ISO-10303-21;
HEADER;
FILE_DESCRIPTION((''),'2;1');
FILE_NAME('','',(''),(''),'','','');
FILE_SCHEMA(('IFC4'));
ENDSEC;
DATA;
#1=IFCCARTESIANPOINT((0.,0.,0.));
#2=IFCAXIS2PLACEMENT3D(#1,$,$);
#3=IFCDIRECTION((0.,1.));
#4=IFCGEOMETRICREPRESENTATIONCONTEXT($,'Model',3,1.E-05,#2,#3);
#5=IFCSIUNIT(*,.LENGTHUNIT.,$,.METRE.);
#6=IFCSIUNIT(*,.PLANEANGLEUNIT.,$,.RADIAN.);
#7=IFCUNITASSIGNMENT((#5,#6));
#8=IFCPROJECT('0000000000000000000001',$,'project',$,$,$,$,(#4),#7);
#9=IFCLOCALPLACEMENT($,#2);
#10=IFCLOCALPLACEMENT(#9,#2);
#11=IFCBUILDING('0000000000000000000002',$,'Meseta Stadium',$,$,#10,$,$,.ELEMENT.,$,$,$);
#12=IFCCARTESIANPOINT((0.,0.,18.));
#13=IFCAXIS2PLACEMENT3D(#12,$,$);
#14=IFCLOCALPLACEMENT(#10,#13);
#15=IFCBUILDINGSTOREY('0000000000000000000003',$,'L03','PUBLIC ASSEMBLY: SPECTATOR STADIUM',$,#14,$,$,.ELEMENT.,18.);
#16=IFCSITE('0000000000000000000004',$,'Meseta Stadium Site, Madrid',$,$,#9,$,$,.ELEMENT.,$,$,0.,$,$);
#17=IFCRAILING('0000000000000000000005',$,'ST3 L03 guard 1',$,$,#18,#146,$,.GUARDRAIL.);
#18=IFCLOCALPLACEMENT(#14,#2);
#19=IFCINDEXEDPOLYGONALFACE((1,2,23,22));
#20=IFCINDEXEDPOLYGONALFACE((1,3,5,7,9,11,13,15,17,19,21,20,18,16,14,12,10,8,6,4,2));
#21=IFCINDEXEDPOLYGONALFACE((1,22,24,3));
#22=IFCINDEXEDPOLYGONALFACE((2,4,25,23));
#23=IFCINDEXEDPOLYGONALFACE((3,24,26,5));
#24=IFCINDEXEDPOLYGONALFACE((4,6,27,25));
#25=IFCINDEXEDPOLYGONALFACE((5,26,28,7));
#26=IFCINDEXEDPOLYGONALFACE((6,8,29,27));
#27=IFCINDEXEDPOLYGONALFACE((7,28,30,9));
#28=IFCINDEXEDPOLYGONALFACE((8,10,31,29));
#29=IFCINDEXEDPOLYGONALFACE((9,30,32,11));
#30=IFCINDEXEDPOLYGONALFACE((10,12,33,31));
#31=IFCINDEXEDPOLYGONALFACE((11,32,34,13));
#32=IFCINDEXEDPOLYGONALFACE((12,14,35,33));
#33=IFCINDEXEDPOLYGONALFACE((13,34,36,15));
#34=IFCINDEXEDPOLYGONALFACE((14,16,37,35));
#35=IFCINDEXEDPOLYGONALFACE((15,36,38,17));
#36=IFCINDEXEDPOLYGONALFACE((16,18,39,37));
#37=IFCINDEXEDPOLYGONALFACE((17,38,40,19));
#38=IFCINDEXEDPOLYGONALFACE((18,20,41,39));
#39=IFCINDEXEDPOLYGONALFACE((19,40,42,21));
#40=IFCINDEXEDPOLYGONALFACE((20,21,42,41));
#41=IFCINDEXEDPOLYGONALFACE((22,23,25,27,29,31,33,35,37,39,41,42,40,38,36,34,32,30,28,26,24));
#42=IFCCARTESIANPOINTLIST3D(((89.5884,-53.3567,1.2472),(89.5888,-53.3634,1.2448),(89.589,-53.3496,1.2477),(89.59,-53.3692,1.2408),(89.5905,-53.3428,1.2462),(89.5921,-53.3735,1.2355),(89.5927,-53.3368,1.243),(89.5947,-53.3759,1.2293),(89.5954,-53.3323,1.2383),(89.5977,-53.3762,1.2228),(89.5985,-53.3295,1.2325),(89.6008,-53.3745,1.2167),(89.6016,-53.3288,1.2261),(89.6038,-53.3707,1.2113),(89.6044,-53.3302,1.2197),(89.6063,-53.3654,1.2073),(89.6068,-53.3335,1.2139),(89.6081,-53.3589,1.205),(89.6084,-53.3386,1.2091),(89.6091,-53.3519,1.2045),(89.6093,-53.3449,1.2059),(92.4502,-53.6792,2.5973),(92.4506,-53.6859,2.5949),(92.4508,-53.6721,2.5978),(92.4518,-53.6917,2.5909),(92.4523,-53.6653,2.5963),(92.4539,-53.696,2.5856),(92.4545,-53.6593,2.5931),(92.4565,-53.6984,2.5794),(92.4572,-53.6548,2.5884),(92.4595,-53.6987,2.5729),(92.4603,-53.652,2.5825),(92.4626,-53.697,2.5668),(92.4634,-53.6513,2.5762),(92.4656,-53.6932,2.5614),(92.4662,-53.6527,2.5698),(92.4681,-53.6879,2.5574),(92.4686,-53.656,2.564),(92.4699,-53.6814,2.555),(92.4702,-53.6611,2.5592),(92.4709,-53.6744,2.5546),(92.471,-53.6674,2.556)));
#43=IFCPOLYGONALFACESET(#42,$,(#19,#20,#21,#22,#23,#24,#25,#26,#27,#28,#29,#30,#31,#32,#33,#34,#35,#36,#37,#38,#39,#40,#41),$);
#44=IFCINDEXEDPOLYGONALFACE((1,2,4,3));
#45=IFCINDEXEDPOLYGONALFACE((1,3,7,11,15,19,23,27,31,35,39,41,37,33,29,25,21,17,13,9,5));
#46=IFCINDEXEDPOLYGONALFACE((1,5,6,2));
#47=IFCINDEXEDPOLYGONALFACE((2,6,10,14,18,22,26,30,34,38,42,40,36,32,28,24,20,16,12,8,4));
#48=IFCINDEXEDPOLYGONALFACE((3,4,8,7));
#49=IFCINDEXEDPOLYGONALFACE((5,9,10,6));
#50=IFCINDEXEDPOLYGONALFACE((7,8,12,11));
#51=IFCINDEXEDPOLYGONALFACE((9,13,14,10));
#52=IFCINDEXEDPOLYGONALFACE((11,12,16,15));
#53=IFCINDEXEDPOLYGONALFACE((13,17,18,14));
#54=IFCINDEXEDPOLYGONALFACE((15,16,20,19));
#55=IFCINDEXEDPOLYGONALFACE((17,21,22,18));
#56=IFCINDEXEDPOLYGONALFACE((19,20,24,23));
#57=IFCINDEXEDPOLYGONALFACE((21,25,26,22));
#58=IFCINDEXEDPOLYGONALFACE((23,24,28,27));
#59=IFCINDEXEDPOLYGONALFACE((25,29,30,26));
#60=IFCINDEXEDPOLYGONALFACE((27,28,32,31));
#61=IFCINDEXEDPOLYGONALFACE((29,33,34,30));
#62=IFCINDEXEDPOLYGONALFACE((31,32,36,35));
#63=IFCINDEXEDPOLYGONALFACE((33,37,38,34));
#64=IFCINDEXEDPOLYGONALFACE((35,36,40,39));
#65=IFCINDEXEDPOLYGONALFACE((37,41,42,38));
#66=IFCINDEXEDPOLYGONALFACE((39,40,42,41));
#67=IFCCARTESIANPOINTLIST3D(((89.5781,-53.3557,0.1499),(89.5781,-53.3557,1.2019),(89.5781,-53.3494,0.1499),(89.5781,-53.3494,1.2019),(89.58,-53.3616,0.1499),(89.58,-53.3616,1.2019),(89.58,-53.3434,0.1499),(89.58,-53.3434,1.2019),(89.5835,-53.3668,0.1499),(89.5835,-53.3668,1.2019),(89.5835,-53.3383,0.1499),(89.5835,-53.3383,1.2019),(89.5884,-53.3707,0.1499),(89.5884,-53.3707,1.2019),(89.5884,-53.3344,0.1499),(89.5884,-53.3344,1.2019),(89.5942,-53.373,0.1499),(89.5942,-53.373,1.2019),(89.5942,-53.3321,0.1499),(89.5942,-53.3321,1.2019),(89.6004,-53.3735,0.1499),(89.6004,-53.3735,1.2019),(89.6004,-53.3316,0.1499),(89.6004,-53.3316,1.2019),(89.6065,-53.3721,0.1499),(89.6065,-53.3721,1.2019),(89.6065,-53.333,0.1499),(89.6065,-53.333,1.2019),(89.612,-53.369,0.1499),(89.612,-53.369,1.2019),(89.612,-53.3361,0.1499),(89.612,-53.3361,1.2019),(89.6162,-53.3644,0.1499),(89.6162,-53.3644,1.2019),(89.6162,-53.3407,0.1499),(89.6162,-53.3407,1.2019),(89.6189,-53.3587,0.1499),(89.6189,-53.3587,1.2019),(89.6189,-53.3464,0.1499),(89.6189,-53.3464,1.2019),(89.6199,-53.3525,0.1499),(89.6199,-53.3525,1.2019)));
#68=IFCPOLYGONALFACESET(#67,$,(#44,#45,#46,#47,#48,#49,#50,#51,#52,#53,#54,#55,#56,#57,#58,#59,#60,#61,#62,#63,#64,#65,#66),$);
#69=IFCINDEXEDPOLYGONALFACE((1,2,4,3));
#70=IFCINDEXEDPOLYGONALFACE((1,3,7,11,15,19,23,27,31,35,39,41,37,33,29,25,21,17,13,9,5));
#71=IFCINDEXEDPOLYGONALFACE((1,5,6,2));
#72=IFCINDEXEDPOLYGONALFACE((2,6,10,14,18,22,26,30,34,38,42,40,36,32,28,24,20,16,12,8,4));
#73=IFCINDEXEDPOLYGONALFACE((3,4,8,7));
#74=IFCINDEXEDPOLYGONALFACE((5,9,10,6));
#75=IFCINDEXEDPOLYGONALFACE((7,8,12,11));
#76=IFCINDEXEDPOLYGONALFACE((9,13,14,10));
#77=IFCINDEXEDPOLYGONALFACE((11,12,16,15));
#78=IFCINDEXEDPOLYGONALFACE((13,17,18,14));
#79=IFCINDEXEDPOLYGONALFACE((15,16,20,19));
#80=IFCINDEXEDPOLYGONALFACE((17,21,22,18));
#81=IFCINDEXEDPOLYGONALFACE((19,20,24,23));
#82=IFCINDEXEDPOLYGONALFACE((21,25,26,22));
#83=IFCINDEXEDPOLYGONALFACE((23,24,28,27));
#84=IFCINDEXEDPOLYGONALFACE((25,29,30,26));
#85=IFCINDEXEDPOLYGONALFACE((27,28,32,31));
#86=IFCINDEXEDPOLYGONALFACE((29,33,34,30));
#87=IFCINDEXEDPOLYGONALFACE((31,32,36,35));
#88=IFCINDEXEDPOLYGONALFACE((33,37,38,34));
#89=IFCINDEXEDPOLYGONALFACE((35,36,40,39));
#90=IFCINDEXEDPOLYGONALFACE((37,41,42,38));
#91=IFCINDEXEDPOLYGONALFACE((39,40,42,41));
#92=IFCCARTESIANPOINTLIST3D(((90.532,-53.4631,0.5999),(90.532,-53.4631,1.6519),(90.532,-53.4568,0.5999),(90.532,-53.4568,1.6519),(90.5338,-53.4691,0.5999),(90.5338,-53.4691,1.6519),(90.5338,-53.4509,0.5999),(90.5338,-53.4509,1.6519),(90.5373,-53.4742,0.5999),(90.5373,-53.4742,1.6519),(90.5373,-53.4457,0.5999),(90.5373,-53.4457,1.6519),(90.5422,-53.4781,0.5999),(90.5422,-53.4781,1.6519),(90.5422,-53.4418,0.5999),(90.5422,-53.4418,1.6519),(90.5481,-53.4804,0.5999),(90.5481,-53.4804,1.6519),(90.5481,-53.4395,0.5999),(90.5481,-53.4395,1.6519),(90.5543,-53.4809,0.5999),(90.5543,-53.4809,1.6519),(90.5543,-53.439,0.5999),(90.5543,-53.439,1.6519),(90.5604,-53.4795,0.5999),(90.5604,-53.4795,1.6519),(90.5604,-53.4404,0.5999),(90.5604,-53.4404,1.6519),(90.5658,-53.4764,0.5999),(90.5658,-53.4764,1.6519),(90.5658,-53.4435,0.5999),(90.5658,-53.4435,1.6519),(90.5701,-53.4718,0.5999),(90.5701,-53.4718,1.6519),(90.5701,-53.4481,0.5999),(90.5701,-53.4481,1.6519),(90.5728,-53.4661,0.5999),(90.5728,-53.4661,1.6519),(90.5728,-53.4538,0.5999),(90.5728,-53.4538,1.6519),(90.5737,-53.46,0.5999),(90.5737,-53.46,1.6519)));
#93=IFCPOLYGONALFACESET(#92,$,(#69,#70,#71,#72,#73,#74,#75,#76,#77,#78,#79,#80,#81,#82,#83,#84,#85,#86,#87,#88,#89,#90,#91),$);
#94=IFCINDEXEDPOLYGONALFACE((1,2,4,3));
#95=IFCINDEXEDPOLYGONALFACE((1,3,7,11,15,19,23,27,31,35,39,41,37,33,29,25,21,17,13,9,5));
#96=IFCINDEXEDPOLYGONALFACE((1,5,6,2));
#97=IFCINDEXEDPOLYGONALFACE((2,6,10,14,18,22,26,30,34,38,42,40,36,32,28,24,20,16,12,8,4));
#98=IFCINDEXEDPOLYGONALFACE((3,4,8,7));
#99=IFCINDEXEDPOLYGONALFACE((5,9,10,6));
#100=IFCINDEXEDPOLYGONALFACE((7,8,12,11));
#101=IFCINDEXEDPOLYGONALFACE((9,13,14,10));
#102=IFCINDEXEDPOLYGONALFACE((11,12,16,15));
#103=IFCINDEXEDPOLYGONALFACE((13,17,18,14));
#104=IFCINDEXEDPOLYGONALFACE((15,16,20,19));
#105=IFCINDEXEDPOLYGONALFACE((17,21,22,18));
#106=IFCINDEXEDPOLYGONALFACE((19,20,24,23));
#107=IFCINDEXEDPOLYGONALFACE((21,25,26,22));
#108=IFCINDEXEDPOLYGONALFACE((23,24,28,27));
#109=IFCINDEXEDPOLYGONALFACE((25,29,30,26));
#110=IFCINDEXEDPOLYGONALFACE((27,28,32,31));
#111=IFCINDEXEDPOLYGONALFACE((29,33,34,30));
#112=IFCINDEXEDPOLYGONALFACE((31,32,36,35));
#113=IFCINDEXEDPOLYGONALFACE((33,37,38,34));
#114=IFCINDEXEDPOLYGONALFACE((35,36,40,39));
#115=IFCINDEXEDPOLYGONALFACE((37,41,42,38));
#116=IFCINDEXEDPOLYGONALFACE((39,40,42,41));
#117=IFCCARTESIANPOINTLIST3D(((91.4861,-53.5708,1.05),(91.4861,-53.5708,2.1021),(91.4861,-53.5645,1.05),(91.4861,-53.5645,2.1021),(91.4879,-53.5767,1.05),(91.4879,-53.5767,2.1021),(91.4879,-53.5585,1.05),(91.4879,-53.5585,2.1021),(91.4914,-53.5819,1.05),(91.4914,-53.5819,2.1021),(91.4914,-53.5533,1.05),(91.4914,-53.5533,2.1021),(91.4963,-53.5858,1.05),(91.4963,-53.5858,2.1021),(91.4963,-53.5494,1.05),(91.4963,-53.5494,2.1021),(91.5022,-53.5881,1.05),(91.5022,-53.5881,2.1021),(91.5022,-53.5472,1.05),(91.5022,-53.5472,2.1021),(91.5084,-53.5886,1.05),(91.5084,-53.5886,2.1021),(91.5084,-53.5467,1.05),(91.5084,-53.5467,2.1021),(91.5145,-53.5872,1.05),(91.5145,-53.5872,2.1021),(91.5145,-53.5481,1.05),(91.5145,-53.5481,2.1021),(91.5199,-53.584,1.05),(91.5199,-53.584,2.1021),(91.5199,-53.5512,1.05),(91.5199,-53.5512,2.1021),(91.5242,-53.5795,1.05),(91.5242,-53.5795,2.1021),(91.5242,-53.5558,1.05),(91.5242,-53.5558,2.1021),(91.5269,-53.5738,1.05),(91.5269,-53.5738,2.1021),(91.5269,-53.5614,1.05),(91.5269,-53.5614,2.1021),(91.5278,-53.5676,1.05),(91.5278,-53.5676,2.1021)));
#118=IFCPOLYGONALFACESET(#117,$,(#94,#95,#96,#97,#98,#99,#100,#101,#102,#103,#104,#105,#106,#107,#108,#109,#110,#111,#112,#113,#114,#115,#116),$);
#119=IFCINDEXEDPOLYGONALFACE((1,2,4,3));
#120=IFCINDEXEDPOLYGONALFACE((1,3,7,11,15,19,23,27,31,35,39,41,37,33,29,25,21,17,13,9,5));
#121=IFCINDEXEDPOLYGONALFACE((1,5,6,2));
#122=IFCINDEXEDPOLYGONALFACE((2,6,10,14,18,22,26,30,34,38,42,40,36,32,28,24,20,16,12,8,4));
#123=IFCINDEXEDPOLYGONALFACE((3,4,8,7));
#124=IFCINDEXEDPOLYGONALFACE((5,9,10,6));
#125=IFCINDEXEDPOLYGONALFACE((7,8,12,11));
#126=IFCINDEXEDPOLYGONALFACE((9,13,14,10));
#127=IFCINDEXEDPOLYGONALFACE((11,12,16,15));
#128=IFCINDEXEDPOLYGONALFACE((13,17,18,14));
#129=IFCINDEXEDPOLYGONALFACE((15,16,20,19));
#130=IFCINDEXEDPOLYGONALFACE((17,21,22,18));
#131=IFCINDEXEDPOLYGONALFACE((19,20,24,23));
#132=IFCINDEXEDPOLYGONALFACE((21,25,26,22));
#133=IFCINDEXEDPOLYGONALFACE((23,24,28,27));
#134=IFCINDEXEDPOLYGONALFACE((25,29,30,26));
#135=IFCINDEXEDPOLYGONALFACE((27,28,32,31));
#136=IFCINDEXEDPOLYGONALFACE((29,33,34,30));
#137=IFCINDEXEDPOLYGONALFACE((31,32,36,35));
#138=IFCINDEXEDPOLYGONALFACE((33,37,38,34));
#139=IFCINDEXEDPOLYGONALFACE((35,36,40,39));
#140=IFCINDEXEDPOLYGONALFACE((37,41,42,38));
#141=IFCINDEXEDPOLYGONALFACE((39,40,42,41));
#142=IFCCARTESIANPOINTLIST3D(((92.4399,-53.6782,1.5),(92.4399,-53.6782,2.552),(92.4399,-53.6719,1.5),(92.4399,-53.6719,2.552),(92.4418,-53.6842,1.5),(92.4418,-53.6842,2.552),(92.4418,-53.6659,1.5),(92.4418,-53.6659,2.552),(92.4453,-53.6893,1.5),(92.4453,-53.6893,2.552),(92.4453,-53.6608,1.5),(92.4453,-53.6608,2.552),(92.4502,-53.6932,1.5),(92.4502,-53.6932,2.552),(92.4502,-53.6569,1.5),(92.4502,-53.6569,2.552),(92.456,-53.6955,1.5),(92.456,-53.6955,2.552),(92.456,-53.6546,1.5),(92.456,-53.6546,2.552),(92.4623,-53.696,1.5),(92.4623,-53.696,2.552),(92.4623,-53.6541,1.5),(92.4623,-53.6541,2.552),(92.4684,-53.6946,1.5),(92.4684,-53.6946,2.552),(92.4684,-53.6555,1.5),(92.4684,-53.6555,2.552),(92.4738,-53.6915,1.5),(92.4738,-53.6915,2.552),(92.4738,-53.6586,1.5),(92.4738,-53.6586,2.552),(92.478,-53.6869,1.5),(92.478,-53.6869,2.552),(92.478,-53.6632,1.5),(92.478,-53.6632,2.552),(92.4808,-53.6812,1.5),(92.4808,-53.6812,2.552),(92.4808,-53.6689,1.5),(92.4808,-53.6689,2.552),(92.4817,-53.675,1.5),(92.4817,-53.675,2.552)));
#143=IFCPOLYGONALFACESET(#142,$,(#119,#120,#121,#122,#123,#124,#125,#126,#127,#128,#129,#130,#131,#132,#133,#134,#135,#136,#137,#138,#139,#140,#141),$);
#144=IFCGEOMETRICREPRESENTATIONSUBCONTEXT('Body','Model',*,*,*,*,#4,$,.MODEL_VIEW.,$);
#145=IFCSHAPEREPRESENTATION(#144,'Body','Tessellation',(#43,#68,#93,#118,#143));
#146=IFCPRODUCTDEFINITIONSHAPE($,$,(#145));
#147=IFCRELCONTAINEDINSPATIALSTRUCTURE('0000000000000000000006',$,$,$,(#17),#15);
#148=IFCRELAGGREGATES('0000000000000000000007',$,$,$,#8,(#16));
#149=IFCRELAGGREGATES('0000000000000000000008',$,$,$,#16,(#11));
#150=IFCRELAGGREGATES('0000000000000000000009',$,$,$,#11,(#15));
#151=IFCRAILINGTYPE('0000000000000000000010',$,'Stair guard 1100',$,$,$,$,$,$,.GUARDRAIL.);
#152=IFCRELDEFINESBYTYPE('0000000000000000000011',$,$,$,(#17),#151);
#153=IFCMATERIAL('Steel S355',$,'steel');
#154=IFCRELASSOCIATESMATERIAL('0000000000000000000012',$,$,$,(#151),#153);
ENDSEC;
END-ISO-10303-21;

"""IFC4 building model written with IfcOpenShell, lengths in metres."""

from ifc_helpers import new_model, si_unit, direction, frame, origin, origin_2d, place, context, subcontext, project, spatial, circle, extrude, material, type_object, element, save


model = new_model("IFC4")

# Units and contexts
model_context = context("Model", 3, precision=1e-05, world=origin(), true_north=direction((0.0, 1.0)))
body_context = subcontext(model_context, "Body", "Model", "MODEL_VIEW")
ifc_project = project(units=[si_unit("LENGTHUNIT", "METRE"), si_unit("PLANEANGLEUNIT", "RADIAN")], contexts=[model_context])

# Site, building, storey
site_placement = place(None, origin())
site = spatial("IfcSite", under=ifc_project, at=site_placement, Name="Meseta Stadium Site, Madrid", CompositionType="ELEMENT", RefElevation=0.0)
building_placement = place(site_placement, origin())
building = spatial("IfcBuilding", under=site, at=building_placement, Name="Meseta Stadium", CompositionType="ELEMENT")
storey_placement = place(building_placement, frame((0.0, 0.0, 18.0)))
storey = spatial("IfcBuildingStorey", under=building, at=storey_placement, Name="L03", Description="PUBLIC ASSEMBLY: SPECTATOR STADIUM", CompositionType="ELEMENT", Elevation=18.0)

# Railing
ifc_material_1 = material(Name="Steel S355", Category="steel")
railing_type_1 = type_object("IfcRailingType", Name="Stair guard 1100", PredefinedType="GUARDRAIL", material=ifc_material_1)
railing_1_placement = place(storey_placement, frame((89.5989, -53.3525, 0.1499)))
element("IfcRailing", 1, at=railing_1_placement, inside=storey, type_object=railing_type_1, Name="ST3 L03 guard 1", PredefinedType="GUARDRAIL", context=body_context, shape_type="SweptSolid", body=[
    extrude(circle(Radius=0.0239, at=origin_2d()), frame((0.0, 0.0, 1.0762), z_axis=(0.899748, -0.101396, 0.424467), x_axis=(0.111985, 0.99371, 0.0)), (0.0, 0.0, 1.0), 3.1807),
    extrude(circle(Radius=0.021, at=origin_2d()), origin(), (0.0, 0.0, 1.0), 1.052),
    extrude(circle(Radius=0.021, at=origin_2d()), frame((0.9539, -0.1074, 0.45)), (0.0, 0.0, 1.0), 1.052),
    extrude(circle(Radius=0.021, at=origin_2d()), frame((1.908, -0.2151, 0.9001)), (0.0, 0.0, 1.0), 1.052),
    extrude(circle(Radius=0.021, at=origin_2d()), frame((2.8618, -0.3225, 1.3501)), (0.0, 0.0, 1.0), 1.052),
])

save(model, "model.ifc")
